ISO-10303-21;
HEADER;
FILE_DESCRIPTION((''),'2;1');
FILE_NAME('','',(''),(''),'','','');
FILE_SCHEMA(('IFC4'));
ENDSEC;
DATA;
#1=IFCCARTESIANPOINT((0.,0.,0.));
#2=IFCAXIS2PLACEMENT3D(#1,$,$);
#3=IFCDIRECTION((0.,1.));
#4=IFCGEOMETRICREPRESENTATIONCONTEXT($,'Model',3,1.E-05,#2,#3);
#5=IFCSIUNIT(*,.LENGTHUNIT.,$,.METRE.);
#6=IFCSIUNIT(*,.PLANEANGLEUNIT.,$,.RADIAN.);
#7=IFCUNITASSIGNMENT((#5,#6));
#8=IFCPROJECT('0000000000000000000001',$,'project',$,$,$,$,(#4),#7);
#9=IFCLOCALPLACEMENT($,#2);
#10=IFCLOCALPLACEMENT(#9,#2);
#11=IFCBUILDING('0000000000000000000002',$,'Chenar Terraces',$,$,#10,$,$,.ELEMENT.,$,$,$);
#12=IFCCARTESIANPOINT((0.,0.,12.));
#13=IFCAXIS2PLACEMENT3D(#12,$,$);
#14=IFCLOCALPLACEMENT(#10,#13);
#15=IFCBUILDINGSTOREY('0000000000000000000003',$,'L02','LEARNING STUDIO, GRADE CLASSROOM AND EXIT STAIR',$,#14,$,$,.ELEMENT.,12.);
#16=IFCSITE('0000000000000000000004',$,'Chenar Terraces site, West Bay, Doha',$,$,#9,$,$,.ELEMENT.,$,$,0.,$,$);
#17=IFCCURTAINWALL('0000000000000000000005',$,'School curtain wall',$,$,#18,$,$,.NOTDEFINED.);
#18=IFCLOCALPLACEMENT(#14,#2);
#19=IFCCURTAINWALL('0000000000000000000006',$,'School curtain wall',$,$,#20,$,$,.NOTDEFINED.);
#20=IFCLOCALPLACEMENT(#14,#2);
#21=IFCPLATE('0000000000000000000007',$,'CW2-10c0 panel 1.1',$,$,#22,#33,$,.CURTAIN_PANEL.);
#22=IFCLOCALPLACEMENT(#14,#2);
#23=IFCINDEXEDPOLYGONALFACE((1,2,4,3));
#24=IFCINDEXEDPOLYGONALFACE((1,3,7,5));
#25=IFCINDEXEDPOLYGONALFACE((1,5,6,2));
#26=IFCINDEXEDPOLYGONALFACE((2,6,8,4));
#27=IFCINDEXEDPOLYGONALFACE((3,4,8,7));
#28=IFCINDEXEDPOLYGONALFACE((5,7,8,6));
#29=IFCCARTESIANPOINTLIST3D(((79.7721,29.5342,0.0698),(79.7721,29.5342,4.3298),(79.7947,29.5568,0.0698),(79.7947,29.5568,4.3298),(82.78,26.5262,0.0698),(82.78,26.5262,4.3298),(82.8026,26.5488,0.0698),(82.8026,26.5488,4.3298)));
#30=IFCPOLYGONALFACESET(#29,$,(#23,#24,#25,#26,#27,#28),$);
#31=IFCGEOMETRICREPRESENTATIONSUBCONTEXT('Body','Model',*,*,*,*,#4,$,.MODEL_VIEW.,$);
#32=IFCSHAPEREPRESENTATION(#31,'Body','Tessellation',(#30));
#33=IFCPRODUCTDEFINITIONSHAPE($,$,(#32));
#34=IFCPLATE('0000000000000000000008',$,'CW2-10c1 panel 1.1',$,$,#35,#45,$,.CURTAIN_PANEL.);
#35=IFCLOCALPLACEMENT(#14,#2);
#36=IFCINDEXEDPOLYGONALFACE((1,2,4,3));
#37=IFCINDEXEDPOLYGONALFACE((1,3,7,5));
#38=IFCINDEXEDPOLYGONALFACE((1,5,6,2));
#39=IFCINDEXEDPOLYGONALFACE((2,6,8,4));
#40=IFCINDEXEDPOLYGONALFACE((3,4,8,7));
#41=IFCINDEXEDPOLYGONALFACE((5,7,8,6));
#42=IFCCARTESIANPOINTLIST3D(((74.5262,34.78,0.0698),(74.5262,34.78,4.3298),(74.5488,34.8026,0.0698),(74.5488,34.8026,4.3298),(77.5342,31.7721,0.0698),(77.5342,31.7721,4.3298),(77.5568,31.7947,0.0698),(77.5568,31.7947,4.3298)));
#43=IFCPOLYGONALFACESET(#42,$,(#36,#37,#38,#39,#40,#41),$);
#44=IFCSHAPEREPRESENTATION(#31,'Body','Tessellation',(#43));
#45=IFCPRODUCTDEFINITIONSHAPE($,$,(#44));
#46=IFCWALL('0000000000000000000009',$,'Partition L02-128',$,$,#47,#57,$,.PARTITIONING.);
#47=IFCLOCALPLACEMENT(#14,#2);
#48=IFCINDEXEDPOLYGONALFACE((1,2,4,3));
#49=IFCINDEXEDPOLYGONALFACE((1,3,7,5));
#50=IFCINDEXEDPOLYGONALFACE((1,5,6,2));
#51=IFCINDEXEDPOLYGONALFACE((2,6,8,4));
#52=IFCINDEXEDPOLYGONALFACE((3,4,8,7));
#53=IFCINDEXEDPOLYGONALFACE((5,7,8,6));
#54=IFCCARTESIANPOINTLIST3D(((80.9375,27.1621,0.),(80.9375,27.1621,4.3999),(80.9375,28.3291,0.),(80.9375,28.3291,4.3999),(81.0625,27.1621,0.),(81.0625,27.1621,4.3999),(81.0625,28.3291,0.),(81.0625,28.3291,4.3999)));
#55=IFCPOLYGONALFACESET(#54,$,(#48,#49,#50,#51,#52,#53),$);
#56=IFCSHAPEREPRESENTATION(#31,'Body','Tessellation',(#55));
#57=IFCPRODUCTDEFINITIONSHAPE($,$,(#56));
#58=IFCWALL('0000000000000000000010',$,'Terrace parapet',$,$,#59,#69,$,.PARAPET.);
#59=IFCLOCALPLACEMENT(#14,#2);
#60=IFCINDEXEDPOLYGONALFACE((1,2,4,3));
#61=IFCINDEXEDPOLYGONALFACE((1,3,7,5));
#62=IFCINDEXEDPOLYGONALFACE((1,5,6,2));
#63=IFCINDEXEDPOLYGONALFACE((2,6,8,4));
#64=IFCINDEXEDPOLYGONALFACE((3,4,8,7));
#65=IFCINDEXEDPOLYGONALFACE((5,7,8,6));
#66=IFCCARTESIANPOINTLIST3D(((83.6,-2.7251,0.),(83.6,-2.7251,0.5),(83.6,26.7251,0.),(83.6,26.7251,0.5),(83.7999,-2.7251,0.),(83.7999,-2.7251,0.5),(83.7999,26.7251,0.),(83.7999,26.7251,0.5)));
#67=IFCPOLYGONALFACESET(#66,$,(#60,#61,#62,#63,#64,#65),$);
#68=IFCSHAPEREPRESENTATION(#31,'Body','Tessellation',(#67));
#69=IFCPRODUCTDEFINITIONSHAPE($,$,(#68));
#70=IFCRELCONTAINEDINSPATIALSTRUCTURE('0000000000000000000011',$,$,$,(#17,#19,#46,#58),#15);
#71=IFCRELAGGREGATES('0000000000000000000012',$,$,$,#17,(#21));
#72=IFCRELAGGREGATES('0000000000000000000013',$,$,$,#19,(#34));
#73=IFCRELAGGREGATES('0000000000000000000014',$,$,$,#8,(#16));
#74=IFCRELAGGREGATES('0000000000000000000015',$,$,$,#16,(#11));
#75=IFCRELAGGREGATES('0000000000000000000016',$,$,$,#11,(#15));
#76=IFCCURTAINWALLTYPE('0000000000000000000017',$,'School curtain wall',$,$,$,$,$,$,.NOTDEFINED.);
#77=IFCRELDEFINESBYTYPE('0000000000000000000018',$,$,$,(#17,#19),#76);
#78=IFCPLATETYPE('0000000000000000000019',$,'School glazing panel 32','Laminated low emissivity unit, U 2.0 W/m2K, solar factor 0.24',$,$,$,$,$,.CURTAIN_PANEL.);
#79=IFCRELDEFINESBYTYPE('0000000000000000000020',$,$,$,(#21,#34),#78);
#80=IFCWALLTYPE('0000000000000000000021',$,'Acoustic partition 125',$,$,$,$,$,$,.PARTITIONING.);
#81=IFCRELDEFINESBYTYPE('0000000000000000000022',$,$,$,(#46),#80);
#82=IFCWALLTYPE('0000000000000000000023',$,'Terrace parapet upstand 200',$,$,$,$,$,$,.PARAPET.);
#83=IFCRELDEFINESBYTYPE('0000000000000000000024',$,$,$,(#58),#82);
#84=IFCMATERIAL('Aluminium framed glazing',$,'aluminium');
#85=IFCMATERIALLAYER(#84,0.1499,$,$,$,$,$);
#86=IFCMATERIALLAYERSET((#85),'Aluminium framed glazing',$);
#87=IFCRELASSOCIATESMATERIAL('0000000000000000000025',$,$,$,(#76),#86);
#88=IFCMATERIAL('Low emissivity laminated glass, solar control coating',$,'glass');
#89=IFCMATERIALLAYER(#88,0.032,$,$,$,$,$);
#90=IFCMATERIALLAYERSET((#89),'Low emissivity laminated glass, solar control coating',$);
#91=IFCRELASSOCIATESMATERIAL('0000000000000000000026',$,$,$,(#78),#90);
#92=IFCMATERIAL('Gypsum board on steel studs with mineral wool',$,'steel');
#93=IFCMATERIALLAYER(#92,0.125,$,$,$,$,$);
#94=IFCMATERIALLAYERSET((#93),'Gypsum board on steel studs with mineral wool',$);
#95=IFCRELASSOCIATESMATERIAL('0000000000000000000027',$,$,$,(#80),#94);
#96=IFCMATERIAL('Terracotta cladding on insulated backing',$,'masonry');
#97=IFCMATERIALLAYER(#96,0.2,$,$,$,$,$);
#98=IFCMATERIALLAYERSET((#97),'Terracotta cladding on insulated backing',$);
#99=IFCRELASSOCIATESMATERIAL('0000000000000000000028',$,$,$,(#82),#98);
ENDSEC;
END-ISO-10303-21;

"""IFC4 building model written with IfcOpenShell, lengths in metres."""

from ifc_helpers import new_model, si_unit, direction, frame, frame_2d, origin, origin_2d, place, context, subcontext, project, spatial, rectangle, extrude, material, layer, layer_set, type_object, element, aggregate, save


model = new_model("IFC4")

# Units and contexts
model_context = context("Model", 3, precision=1e-05, world=origin(), true_north=direction((0.0, 1.0)))
body_context = subcontext(model_context, "Body", "Model", "MODEL_VIEW")
ifc_project = project(units=[si_unit("LENGTHUNIT", "METRE"), si_unit("PLANEANGLEUNIT", "RADIAN")], contexts=[model_context])

# Site, building, storey
site_placement = place(None, origin())
site = spatial("IfcSite", under=ifc_project, at=site_placement, Name="Chenar Terraces site, West Bay, Doha", CompositionType="ELEMENT", RefElevation=0.0)
building_placement = place(site_placement, origin())
building = spatial("IfcBuilding", under=site, at=building_placement, Name="Chenar Terraces", CompositionType="ELEMENT")
storey_placement = place(building_placement, frame((0.0, 0.0, 12.0)))
storey = spatial("IfcBuildingStorey", under=building, at=storey_placement, Name="L02", Description="LEARNING STUDIO, GRADE CLASSROOM AND EXIT STAIR", CompositionType="ELEMENT", Elevation=12.0)

# Curtain wall
ifc_material_1 = material(Name="Aluminium framed glazing", Category="aluminium")
ifc_layer_1 = layer(ifc_material_1, 0.1499)
ifc_layer_set_1 = layer_set([ifc_layer_1], Name="Aluminium framed glazing")
curtain_wall_type = type_object("IfcCurtainWallType", Name="School curtain wall", PredefinedType="NOTDEFINED", material=ifc_layer_set_1)
placement = place(storey_placement, origin())
curtain_wall_1 = element("IfcCurtainWall", 1, at=placement, inside=storey, type_object=curtain_wall_type, Name="School curtain wall", PredefinedType="NOTDEFINED")

# Curtain wall
curtain_wall_2 = element("IfcCurtainWall", 2, at=placement, inside=storey, type_object=curtain_wall_type, Name="School curtain wall", PredefinedType="NOTDEFINED")

# Plates
ifc_material_2 = material(Name="Low emissivity laminated glass, solar control coating", Category="glass")
ifc_layer_2 = layer(ifc_material_2, 0.032)
ifc_layer_set_2 = layer_set([ifc_layer_2], Name="Low emissivity laminated glass, solar control coating")
plate_type = type_object("IfcPlateType", Name="School glazing panel 32", Description="Laminated low emissivity unit, U 2.0 W/m2K, solar factor 0.24", PredefinedType="CURTAIN_PANEL", material=ifc_layer_set_2)
plate_1_placement = place(storey_placement, frame((81.2874, 28.0415, 0.0698), z_axis=(0.0, 0.0, 1.0), x_axis=(-0.707107, 0.707107, 0.0)))
plate_1 = element("IfcPlate", 3, at=plate_1_placement, type_object=plate_type, Name="CW2-10c0 panel 1.1", PredefinedType="CURTAIN_PANEL", context=body_context, shape_type="SweptSolid", body=[
    extrude(rectangle(XDim=4.2539, YDim=0.032, at=origin_2d()), origin(), (0.0, 0.0, 1.0), 4.26),
])
aggregate(curtain_wall_1, [plate_1])
plate_2_placement = place(storey_placement, frame((76.0415, 33.2874, 0.0698), z_axis=(0.0, 0.0, 1.0), x_axis=(-0.707107, 0.707107, 0.0)))
plate_2 = element("IfcPlate", 4, at=plate_2_placement, type_object=plate_type, Name="CW2-10c1 panel 1.1", PredefinedType="CURTAIN_PANEL", context=body_context, shape_type="SweptSolid", body=[
    extrude(rectangle(XDim=4.2539, YDim=0.032, at=origin_2d()), origin(), (0.0, 0.0, 1.0), 4.26),
])
aggregate(curtain_wall_2, [plate_2])

# Wall
ifc_material_3 = material(Name="Gypsum board on steel studs with mineral wool", Category="steel")
ifc_layer_3 = layer(ifc_material_3, 0.125)
ifc_layer_set_3 = layer_set([ifc_layer_3], Name="Gypsum board on steel studs with mineral wool")
wall_type_1 = type_object("IfcWallType", Name="Acoustic partition 125", PredefinedType="PARTITIONING", material=ifc_layer_set_3)
wall_1_placement = place(storey_placement, frame((81.0, 27.1621, 0.0), z_axis=(0.0, 0.0, 1.0), x_axis=(0.0, 1.0, 0.0)))
element("IfcWall", 5, at=wall_1_placement, inside=storey, type_object=wall_type_1, Name="Partition L02-128", PredefinedType="PARTITIONING", context=body_context, shape_type="SweptSolid", body=[
    extrude(rectangle(XDim=1.167, YDim=0.125, at=frame_2d((0.5835, 0.0))), origin(), (0.0, 0.0, 1.0), 4.3999),
])

# Wall
ifc_material_4 = material(Name="Terracotta cladding on insulated backing", Category="masonry")
ifc_layer_4 = layer(ifc_material_4, 0.2)
ifc_layer_set_4 = layer_set([ifc_layer_4], Name="Terracotta cladding on insulated backing")
wall_type_2 = type_object("IfcWallType", Name="Terrace parapet upstand 200", PredefinedType="PARAPET", material=ifc_layer_set_4)
wall_2_placement = place(storey_placement, frame((83.7, 26.7251, 0.0), z_axis=(0.0, 0.0, 1.0), x_axis=(0.0, -1.0, 0.0)))
element("IfcWall", 6, at=wall_2_placement, inside=storey, type_object=wall_type_2, Name="Terrace parapet", PredefinedType="PARAPET", context=body_context, shape_type="SweptSolid", body=[
    extrude(rectangle(XDim=29.4502, YDim=0.2, at=frame_2d((14.7251, 0.0))), origin(), (0.0, 0.0, 1.0), 0.5),
])

save(model, "model.ifc")
